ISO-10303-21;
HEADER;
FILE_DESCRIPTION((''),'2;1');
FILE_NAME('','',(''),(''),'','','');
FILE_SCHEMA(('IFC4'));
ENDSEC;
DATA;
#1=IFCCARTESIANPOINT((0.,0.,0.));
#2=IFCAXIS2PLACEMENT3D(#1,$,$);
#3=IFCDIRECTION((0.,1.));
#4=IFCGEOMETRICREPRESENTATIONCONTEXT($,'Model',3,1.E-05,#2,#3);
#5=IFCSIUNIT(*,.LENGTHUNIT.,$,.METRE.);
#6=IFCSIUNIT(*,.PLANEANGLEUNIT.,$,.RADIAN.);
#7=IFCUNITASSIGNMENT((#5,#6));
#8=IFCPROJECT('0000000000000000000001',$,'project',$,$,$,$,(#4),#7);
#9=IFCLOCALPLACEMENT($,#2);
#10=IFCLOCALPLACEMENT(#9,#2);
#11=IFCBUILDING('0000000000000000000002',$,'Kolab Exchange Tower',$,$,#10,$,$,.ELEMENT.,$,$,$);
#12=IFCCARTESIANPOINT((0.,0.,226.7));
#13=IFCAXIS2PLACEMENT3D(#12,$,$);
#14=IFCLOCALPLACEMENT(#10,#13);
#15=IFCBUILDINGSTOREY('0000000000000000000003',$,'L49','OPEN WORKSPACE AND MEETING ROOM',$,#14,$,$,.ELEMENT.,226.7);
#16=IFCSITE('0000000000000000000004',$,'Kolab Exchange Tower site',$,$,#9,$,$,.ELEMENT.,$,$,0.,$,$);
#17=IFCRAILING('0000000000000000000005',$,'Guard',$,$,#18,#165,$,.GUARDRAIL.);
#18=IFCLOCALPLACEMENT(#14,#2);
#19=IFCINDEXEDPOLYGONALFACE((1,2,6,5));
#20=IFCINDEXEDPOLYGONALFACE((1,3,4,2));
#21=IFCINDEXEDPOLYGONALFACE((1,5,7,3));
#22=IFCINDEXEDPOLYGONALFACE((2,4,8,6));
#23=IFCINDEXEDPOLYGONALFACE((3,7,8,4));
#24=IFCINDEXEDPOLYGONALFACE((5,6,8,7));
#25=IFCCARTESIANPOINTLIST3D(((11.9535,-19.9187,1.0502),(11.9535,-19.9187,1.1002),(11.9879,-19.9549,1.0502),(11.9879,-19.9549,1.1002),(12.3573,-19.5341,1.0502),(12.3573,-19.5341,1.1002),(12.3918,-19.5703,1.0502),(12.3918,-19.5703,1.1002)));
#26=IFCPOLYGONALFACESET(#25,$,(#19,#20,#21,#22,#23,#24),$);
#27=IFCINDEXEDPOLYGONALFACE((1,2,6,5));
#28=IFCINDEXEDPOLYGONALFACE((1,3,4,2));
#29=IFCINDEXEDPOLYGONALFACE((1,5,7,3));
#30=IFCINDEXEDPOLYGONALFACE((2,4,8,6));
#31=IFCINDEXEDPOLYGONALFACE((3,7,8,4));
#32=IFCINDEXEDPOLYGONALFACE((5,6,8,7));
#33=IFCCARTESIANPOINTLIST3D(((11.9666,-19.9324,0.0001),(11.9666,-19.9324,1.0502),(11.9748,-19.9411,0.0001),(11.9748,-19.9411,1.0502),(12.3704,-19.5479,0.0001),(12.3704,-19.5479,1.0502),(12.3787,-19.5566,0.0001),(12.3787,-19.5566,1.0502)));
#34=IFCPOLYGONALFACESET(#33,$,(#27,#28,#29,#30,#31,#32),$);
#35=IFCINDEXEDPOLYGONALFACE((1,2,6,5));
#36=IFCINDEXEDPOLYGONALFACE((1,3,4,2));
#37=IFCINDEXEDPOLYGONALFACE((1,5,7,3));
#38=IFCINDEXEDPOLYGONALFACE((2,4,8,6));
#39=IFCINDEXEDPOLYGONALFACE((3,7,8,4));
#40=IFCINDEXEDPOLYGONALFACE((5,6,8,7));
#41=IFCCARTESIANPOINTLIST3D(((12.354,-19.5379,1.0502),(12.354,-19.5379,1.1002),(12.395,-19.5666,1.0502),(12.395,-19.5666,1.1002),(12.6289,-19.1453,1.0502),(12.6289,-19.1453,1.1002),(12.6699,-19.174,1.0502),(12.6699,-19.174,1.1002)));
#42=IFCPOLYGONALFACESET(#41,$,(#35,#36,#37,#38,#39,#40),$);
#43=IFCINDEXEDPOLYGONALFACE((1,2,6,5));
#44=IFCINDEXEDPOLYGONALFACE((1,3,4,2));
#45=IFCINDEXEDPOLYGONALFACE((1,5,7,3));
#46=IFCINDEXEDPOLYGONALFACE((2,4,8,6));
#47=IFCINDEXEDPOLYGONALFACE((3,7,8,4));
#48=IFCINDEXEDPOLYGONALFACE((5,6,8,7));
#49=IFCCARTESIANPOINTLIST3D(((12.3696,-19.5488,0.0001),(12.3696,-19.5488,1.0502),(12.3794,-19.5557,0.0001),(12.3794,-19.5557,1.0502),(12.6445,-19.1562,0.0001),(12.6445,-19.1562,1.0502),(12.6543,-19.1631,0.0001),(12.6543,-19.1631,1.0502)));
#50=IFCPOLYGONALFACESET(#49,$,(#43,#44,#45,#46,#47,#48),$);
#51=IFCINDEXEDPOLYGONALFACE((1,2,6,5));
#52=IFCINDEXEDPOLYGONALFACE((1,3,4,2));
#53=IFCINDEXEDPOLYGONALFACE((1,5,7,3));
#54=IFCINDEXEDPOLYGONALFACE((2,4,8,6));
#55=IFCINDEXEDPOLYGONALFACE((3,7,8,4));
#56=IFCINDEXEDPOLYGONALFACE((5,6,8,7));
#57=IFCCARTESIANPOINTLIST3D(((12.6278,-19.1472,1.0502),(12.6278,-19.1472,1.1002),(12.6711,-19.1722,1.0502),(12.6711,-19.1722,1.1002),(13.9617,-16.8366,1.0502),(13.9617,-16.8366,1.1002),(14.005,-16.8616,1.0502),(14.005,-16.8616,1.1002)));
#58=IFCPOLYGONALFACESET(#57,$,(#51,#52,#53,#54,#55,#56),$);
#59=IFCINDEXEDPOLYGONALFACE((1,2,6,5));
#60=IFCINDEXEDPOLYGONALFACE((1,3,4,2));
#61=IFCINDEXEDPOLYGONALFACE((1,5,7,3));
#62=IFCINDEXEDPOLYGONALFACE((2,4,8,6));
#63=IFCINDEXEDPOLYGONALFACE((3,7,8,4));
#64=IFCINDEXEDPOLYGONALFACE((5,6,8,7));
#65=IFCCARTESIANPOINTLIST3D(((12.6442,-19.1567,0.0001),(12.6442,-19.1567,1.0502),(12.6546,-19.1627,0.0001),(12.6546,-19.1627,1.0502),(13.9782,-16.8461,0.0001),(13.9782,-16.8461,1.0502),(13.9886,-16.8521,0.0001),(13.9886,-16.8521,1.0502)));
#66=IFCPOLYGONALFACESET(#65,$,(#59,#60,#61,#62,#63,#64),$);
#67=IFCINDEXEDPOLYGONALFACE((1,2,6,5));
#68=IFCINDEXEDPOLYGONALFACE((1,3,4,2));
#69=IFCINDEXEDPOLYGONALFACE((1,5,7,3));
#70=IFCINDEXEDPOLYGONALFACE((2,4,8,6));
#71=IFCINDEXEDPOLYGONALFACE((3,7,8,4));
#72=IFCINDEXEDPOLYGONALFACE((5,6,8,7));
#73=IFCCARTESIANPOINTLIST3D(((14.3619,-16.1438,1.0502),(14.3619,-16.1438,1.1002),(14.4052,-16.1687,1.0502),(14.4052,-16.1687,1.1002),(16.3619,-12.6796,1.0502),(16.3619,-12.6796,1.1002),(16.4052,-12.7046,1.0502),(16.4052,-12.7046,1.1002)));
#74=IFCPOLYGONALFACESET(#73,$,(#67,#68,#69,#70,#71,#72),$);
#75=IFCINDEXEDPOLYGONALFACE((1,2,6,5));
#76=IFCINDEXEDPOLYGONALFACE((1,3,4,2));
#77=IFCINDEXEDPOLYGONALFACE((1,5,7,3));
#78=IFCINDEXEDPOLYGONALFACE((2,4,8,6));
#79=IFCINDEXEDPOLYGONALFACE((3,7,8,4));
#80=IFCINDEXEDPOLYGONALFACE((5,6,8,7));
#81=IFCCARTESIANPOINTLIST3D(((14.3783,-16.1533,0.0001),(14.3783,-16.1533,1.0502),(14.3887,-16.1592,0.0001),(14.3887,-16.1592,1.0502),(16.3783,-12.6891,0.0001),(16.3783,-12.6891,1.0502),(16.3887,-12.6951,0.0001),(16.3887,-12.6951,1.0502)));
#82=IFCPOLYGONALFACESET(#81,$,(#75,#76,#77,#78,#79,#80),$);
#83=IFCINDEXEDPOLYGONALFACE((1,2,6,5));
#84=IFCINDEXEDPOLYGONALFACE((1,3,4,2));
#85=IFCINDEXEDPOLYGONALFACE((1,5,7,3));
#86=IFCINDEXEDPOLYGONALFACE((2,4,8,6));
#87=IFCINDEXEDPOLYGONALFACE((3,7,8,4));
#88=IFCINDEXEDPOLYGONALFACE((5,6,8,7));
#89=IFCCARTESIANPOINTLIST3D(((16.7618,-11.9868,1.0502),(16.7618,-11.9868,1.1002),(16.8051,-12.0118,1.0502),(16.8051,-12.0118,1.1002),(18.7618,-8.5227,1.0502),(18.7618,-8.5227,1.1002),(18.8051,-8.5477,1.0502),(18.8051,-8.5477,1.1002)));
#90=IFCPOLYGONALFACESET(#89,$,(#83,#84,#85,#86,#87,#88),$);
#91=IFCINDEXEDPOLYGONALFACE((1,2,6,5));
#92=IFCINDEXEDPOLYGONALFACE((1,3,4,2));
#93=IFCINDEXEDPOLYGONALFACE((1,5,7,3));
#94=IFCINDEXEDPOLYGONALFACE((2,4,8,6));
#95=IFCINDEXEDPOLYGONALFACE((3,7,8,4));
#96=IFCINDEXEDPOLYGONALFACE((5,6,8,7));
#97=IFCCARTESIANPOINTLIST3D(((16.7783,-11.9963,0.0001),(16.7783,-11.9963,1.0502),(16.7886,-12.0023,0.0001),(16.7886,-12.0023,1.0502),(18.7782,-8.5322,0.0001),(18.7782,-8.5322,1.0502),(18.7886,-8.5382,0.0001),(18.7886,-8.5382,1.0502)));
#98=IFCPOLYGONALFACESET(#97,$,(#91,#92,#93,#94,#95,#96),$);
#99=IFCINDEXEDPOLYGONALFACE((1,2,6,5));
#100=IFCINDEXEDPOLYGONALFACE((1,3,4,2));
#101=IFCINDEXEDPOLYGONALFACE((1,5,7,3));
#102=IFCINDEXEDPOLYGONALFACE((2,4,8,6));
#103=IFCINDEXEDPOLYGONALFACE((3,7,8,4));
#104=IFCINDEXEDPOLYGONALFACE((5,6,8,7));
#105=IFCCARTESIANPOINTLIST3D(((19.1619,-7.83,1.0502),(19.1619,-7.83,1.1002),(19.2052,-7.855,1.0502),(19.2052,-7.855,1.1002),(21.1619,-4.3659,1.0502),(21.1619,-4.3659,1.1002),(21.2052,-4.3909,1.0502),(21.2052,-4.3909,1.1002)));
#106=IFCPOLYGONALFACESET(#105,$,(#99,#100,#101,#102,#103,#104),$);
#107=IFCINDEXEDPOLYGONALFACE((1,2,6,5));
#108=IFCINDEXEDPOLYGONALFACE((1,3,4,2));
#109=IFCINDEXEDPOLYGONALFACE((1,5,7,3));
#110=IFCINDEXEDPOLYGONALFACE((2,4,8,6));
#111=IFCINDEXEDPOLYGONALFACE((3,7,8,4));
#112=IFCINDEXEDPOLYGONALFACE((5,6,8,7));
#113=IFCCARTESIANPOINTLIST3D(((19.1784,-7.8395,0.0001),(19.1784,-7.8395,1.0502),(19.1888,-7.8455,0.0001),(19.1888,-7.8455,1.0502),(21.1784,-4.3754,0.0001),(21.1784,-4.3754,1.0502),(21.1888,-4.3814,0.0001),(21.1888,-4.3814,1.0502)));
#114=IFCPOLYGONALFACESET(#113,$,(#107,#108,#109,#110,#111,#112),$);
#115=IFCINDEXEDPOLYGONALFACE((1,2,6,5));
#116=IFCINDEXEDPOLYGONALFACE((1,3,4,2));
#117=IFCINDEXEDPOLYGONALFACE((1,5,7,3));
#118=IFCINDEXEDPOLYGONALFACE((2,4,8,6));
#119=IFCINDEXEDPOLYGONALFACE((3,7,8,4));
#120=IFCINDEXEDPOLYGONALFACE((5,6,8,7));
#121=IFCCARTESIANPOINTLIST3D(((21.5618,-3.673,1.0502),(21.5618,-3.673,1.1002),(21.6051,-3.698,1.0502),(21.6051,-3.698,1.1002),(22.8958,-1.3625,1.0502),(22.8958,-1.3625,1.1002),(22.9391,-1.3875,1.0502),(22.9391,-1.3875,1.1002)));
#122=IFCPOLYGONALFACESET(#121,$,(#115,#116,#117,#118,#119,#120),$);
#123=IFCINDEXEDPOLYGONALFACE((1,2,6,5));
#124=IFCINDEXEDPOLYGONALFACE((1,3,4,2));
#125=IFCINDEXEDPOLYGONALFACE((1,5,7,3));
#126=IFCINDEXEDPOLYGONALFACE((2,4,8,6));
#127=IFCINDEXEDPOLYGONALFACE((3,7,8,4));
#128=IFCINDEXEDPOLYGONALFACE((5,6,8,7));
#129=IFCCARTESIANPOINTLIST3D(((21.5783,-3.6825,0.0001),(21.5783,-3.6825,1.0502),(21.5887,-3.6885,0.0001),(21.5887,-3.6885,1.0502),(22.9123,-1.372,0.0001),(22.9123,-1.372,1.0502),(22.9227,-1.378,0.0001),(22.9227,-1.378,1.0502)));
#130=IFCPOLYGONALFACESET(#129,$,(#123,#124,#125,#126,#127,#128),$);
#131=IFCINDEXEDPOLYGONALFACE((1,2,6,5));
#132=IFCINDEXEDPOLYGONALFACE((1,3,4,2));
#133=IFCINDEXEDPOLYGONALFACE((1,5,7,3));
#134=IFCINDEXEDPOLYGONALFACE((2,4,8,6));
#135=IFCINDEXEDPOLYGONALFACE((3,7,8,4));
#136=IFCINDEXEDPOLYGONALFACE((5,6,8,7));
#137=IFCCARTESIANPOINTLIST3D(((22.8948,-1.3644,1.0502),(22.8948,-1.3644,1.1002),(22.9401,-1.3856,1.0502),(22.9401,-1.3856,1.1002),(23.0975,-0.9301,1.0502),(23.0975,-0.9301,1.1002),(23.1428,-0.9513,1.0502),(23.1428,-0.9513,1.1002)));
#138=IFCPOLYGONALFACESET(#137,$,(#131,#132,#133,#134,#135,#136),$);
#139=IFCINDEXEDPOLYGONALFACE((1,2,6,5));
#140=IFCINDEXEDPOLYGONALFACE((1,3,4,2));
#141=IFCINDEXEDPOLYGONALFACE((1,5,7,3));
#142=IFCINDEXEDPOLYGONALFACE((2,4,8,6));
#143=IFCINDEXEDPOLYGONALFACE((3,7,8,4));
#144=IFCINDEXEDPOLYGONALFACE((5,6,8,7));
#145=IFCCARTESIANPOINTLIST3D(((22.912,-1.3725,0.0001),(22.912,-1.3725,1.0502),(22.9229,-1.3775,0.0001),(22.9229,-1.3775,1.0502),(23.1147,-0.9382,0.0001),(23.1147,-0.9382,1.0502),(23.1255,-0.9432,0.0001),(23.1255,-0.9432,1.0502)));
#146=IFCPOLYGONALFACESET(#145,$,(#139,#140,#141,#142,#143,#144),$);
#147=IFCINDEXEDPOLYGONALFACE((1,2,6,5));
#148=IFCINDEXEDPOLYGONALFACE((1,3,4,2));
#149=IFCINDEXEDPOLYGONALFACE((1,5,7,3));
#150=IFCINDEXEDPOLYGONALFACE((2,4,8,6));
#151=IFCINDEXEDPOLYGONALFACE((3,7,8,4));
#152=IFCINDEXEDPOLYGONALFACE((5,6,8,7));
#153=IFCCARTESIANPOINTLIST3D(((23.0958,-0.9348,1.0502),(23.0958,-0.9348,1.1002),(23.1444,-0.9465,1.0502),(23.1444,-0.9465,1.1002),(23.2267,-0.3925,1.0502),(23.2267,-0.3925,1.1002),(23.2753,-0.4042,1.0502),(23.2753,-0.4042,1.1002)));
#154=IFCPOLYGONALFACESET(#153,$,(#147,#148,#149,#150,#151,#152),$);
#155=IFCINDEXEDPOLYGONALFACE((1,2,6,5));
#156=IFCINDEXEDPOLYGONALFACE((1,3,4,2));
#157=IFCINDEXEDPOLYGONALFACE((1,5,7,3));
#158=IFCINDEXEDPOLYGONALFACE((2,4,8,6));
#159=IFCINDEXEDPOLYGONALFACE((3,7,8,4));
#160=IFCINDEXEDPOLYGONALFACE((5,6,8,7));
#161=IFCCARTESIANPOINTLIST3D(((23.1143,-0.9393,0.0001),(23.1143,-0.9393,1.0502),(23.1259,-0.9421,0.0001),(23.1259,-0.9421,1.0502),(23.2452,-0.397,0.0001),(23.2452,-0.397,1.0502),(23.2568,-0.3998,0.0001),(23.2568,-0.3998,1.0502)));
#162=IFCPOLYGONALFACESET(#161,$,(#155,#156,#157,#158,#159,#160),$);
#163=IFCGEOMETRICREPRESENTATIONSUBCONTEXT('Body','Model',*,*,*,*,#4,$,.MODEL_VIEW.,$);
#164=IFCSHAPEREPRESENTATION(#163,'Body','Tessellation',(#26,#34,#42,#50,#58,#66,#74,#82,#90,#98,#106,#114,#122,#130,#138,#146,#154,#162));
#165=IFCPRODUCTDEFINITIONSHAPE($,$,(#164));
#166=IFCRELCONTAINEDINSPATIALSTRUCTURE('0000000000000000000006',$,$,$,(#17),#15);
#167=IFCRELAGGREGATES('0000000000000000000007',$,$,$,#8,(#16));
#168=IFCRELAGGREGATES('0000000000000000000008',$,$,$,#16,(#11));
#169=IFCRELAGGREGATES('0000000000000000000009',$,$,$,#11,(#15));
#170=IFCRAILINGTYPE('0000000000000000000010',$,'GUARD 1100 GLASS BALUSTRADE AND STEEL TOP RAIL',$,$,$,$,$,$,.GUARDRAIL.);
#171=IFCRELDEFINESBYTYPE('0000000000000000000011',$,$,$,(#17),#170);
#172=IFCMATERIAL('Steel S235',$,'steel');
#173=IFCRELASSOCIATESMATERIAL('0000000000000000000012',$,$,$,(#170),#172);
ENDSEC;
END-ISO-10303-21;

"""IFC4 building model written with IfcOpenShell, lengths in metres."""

from ifc_helpers import new_model, si_unit, direction, frame, frame_2d, origin, origin_2d, place, context, subcontext, project, spatial, rectangle, extrude, material, type_object, element, save


model = new_model("IFC4")

# Units and contexts
model_context = context("Model", 3, precision=1e-05, world=origin(), true_north=direction((0.0, 1.0)))
body_context = subcontext(model_context, "Body", "Model", "MODEL_VIEW")
ifc_project = project(units=[si_unit("LENGTHUNIT", "METRE"), si_unit("PLANEANGLEUNIT", "RADIAN")], contexts=[model_context])

# Site, building, storey
site_placement = place(None, origin())
site = spatial("IfcSite", under=ifc_project, at=site_placement, Name="Kolab Exchange Tower site", CompositionType="ELEMENT", RefElevation=0.0)
building_placement = place(site_placement, origin())
building = spatial("IfcBuilding", under=site, at=building_placement, Name="Kolab Exchange Tower", CompositionType="ELEMENT")
storey_placement = place(building_placement, frame((0.0, 0.0, 226.7)))
storey = spatial("IfcBuildingStorey", under=building, at=storey_placement, Name="L49", Description="OPEN WORKSPACE AND MEETING ROOM", CompositionType="ELEMENT", Elevation=226.7)

# Railing
ifc_material_1 = material(Name="Steel S235", Category="steel")
railing_type = type_object("IfcRailingType", Name="GUARD 1100 GLASS BALUSTRADE AND STEEL TOP RAIL", PredefinedType="GUARDRAIL", material=ifc_material_1)
railing_placement = place(storey_placement, frame((11.9707, -19.9368, 0.0)))
element("IfcRailing", 1, at=railing_placement, inside=storey, type_object=railing_type, Name="Guard", PredefinedType="GUARDRAIL", context=body_context, shape_type="SweptSolid", body=[
    extrude(rectangle(XDim=0.05, YDim=0.05, at=origin_2d()), frame((0.0, 0.0, 1.0752), z_axis=(0.72419, 0.689601, 0.0), x_axis=(-0.689601, 0.72419, 0.0)), (0.0, 0.0, 1.0), 0.5576),
    extrude(rectangle(XDim=0.012, YDim=1.0501, at=frame_2d((0.0, 0.5251))), frame((0.0, 0.0, 0.0), z_axis=(0.72419, 0.689601, 0.0), x_axis=(-0.689601, 0.72419, 0.0)), (0.0, 0.0, 1.0), 0.5576),
    extrude(rectangle(XDim=0.05, YDim=0.05, at=origin_2d()), frame((0.4038, 0.3845, 1.0752), z_axis=(0.573599, 0.819136, 0.0), x_axis=(-0.819136, 0.573599, 0.0)), (0.0, 0.0, 1.0), 0.4792),
    extrude(rectangle(XDim=0.012, YDim=1.0501, at=frame_2d((0.0, 0.5251))), frame((0.4038, 0.3845, 0.0), z_axis=(0.573599, 0.819136, 0.0), x_axis=(-0.819136, 0.573599, 0.0)), (0.0, 0.0, 1.0), 0.4792),
    extrude(rectangle(XDim=0.05, YDim=0.05, at=origin_2d()), frame((0.6787, 0.7771, 1.0752), z_axis=(0.499997, 0.866027, 0.0), x_axis=(-0.866027, 0.499997, 0.0)), (0.0, 0.0, 1.0), 2.668),
    extrude(rectangle(XDim=0.012, YDim=1.0501, at=frame_2d((0.0, 0.5251))), frame((0.6787, 0.7771, 0.0), z_axis=(0.499997, 0.866027, 0.0), x_axis=(-0.866027, 0.499997, 0.0)), (0.0, 0.0, 1.0), 2.668),
    extrude(rectangle(XDim=0.05, YDim=0.05, at=origin_2d()), frame((2.4128, 3.7805, 1.0752), z_axis=(0.499999, 0.866026, 0.0), x_axis=(-0.866026, 0.499999, 0.0)), (0.0, 0.0, 1.0), 4.0),
    extrude(rectangle(XDim=0.012, YDim=1.0501, at=frame_2d((0.0, 0.5251))), frame((2.4128, 3.7805, 0.0), z_axis=(0.499999, 0.866026, 0.0), x_axis=(-0.866026, 0.499999, 0.0)), (0.0, 0.0, 1.0), 4.0),
    extrude(rectangle(XDim=0.05, YDim=0.05, at=origin_2d()), frame((4.8127, 7.9375, 1.0752), z_axis=(0.499999, 0.866026, 0.0), x_axis=(-0.866026, 0.499999, 0.0)), (0.0, 0.0, 1.0), 4.0),
    extrude(rectangle(XDim=0.012, YDim=1.0501, at=frame_2d((0.0, 0.5251))), frame((4.8127, 7.9375, 0.0), z_axis=(0.499999, 0.866026, 0.0), x_axis=(-0.866026, 0.499999, 0.0)), (0.0, 0.0, 1.0), 4.0),
    extrude(rectangle(XDim=0.05, YDim=0.05, at=origin_2d()), frame((7.2129, 12.0942, 1.0752), z_axis=(0.499999, 0.866026, 0.0), x_axis=(-0.866026, 0.499999, 0.0)), (0.0, 0.0, 1.0), 4.0),
    extrude(rectangle(XDim=0.012, YDim=1.0501, at=frame_2d((0.0, 0.5251))), frame((7.2129, 12.0942, 0.0), z_axis=(0.499999, 0.866026, 0.0), x_axis=(-0.866026, 0.499999, 0.0)), (0.0, 0.0, 1.0), 4.0),
    extrude(rectangle(XDim=0.05, YDim=0.05, at=origin_2d()), frame((9.6128, 16.2512, 1.0752), z_axis=(0.499997, 0.866027, 0.0), x_axis=(-0.866027, 0.499997, 0.0)), (0.0, 0.0, 1.0), 2.668),
    extrude(rectangle(XDim=0.012, YDim=1.0501, at=frame_2d((0.0, 0.5251))), frame((9.6128, 16.2512, 0.0), z_axis=(0.499997, 0.866027, 0.0), x_axis=(-0.866027, 0.499997, 0.0)), (0.0, 0.0, 1.0), 2.668),
    extrude(rectangle(XDim=0.05, YDim=0.05, at=origin_2d()), frame((10.9468, 18.5618, 1.0752), z_axis=(0.422802, 0.906222, 0.0), x_axis=(-0.906222, 0.422802, 0.0)), (0.0, 0.0, 1.0), 0.4792),
    extrude(rectangle(XDim=0.012, YDim=1.0501, at=frame_2d((0.0, 0.5251))), frame((10.9468, 18.5618, 0.0), z_axis=(0.422802, 0.906222, 0.0), x_axis=(-0.906222, 0.422802, 0.0)), (0.0, 0.0, 1.0), 0.4792),
    extrude(rectangle(XDim=0.05, YDim=0.05, at=origin_2d()), frame((11.1494, 18.9961, 1.0752), z_axis=(0.234598, 0.972093, 0.0), x_axis=(-0.972093, 0.234598, 0.0)), (0.0, 0.0, 1.0), 0.5579),
    extrude(rectangle(XDim=0.012, YDim=1.0501, at=frame_2d((0.0, 0.5251))), frame((11.1494, 18.9961, 0.0), z_axis=(0.234598, 0.972093, 0.0), x_axis=(-0.972093, 0.234598, 0.0)), (0.0, 0.0, 1.0), 0.5579),
])

save(model, "model.ifc")
